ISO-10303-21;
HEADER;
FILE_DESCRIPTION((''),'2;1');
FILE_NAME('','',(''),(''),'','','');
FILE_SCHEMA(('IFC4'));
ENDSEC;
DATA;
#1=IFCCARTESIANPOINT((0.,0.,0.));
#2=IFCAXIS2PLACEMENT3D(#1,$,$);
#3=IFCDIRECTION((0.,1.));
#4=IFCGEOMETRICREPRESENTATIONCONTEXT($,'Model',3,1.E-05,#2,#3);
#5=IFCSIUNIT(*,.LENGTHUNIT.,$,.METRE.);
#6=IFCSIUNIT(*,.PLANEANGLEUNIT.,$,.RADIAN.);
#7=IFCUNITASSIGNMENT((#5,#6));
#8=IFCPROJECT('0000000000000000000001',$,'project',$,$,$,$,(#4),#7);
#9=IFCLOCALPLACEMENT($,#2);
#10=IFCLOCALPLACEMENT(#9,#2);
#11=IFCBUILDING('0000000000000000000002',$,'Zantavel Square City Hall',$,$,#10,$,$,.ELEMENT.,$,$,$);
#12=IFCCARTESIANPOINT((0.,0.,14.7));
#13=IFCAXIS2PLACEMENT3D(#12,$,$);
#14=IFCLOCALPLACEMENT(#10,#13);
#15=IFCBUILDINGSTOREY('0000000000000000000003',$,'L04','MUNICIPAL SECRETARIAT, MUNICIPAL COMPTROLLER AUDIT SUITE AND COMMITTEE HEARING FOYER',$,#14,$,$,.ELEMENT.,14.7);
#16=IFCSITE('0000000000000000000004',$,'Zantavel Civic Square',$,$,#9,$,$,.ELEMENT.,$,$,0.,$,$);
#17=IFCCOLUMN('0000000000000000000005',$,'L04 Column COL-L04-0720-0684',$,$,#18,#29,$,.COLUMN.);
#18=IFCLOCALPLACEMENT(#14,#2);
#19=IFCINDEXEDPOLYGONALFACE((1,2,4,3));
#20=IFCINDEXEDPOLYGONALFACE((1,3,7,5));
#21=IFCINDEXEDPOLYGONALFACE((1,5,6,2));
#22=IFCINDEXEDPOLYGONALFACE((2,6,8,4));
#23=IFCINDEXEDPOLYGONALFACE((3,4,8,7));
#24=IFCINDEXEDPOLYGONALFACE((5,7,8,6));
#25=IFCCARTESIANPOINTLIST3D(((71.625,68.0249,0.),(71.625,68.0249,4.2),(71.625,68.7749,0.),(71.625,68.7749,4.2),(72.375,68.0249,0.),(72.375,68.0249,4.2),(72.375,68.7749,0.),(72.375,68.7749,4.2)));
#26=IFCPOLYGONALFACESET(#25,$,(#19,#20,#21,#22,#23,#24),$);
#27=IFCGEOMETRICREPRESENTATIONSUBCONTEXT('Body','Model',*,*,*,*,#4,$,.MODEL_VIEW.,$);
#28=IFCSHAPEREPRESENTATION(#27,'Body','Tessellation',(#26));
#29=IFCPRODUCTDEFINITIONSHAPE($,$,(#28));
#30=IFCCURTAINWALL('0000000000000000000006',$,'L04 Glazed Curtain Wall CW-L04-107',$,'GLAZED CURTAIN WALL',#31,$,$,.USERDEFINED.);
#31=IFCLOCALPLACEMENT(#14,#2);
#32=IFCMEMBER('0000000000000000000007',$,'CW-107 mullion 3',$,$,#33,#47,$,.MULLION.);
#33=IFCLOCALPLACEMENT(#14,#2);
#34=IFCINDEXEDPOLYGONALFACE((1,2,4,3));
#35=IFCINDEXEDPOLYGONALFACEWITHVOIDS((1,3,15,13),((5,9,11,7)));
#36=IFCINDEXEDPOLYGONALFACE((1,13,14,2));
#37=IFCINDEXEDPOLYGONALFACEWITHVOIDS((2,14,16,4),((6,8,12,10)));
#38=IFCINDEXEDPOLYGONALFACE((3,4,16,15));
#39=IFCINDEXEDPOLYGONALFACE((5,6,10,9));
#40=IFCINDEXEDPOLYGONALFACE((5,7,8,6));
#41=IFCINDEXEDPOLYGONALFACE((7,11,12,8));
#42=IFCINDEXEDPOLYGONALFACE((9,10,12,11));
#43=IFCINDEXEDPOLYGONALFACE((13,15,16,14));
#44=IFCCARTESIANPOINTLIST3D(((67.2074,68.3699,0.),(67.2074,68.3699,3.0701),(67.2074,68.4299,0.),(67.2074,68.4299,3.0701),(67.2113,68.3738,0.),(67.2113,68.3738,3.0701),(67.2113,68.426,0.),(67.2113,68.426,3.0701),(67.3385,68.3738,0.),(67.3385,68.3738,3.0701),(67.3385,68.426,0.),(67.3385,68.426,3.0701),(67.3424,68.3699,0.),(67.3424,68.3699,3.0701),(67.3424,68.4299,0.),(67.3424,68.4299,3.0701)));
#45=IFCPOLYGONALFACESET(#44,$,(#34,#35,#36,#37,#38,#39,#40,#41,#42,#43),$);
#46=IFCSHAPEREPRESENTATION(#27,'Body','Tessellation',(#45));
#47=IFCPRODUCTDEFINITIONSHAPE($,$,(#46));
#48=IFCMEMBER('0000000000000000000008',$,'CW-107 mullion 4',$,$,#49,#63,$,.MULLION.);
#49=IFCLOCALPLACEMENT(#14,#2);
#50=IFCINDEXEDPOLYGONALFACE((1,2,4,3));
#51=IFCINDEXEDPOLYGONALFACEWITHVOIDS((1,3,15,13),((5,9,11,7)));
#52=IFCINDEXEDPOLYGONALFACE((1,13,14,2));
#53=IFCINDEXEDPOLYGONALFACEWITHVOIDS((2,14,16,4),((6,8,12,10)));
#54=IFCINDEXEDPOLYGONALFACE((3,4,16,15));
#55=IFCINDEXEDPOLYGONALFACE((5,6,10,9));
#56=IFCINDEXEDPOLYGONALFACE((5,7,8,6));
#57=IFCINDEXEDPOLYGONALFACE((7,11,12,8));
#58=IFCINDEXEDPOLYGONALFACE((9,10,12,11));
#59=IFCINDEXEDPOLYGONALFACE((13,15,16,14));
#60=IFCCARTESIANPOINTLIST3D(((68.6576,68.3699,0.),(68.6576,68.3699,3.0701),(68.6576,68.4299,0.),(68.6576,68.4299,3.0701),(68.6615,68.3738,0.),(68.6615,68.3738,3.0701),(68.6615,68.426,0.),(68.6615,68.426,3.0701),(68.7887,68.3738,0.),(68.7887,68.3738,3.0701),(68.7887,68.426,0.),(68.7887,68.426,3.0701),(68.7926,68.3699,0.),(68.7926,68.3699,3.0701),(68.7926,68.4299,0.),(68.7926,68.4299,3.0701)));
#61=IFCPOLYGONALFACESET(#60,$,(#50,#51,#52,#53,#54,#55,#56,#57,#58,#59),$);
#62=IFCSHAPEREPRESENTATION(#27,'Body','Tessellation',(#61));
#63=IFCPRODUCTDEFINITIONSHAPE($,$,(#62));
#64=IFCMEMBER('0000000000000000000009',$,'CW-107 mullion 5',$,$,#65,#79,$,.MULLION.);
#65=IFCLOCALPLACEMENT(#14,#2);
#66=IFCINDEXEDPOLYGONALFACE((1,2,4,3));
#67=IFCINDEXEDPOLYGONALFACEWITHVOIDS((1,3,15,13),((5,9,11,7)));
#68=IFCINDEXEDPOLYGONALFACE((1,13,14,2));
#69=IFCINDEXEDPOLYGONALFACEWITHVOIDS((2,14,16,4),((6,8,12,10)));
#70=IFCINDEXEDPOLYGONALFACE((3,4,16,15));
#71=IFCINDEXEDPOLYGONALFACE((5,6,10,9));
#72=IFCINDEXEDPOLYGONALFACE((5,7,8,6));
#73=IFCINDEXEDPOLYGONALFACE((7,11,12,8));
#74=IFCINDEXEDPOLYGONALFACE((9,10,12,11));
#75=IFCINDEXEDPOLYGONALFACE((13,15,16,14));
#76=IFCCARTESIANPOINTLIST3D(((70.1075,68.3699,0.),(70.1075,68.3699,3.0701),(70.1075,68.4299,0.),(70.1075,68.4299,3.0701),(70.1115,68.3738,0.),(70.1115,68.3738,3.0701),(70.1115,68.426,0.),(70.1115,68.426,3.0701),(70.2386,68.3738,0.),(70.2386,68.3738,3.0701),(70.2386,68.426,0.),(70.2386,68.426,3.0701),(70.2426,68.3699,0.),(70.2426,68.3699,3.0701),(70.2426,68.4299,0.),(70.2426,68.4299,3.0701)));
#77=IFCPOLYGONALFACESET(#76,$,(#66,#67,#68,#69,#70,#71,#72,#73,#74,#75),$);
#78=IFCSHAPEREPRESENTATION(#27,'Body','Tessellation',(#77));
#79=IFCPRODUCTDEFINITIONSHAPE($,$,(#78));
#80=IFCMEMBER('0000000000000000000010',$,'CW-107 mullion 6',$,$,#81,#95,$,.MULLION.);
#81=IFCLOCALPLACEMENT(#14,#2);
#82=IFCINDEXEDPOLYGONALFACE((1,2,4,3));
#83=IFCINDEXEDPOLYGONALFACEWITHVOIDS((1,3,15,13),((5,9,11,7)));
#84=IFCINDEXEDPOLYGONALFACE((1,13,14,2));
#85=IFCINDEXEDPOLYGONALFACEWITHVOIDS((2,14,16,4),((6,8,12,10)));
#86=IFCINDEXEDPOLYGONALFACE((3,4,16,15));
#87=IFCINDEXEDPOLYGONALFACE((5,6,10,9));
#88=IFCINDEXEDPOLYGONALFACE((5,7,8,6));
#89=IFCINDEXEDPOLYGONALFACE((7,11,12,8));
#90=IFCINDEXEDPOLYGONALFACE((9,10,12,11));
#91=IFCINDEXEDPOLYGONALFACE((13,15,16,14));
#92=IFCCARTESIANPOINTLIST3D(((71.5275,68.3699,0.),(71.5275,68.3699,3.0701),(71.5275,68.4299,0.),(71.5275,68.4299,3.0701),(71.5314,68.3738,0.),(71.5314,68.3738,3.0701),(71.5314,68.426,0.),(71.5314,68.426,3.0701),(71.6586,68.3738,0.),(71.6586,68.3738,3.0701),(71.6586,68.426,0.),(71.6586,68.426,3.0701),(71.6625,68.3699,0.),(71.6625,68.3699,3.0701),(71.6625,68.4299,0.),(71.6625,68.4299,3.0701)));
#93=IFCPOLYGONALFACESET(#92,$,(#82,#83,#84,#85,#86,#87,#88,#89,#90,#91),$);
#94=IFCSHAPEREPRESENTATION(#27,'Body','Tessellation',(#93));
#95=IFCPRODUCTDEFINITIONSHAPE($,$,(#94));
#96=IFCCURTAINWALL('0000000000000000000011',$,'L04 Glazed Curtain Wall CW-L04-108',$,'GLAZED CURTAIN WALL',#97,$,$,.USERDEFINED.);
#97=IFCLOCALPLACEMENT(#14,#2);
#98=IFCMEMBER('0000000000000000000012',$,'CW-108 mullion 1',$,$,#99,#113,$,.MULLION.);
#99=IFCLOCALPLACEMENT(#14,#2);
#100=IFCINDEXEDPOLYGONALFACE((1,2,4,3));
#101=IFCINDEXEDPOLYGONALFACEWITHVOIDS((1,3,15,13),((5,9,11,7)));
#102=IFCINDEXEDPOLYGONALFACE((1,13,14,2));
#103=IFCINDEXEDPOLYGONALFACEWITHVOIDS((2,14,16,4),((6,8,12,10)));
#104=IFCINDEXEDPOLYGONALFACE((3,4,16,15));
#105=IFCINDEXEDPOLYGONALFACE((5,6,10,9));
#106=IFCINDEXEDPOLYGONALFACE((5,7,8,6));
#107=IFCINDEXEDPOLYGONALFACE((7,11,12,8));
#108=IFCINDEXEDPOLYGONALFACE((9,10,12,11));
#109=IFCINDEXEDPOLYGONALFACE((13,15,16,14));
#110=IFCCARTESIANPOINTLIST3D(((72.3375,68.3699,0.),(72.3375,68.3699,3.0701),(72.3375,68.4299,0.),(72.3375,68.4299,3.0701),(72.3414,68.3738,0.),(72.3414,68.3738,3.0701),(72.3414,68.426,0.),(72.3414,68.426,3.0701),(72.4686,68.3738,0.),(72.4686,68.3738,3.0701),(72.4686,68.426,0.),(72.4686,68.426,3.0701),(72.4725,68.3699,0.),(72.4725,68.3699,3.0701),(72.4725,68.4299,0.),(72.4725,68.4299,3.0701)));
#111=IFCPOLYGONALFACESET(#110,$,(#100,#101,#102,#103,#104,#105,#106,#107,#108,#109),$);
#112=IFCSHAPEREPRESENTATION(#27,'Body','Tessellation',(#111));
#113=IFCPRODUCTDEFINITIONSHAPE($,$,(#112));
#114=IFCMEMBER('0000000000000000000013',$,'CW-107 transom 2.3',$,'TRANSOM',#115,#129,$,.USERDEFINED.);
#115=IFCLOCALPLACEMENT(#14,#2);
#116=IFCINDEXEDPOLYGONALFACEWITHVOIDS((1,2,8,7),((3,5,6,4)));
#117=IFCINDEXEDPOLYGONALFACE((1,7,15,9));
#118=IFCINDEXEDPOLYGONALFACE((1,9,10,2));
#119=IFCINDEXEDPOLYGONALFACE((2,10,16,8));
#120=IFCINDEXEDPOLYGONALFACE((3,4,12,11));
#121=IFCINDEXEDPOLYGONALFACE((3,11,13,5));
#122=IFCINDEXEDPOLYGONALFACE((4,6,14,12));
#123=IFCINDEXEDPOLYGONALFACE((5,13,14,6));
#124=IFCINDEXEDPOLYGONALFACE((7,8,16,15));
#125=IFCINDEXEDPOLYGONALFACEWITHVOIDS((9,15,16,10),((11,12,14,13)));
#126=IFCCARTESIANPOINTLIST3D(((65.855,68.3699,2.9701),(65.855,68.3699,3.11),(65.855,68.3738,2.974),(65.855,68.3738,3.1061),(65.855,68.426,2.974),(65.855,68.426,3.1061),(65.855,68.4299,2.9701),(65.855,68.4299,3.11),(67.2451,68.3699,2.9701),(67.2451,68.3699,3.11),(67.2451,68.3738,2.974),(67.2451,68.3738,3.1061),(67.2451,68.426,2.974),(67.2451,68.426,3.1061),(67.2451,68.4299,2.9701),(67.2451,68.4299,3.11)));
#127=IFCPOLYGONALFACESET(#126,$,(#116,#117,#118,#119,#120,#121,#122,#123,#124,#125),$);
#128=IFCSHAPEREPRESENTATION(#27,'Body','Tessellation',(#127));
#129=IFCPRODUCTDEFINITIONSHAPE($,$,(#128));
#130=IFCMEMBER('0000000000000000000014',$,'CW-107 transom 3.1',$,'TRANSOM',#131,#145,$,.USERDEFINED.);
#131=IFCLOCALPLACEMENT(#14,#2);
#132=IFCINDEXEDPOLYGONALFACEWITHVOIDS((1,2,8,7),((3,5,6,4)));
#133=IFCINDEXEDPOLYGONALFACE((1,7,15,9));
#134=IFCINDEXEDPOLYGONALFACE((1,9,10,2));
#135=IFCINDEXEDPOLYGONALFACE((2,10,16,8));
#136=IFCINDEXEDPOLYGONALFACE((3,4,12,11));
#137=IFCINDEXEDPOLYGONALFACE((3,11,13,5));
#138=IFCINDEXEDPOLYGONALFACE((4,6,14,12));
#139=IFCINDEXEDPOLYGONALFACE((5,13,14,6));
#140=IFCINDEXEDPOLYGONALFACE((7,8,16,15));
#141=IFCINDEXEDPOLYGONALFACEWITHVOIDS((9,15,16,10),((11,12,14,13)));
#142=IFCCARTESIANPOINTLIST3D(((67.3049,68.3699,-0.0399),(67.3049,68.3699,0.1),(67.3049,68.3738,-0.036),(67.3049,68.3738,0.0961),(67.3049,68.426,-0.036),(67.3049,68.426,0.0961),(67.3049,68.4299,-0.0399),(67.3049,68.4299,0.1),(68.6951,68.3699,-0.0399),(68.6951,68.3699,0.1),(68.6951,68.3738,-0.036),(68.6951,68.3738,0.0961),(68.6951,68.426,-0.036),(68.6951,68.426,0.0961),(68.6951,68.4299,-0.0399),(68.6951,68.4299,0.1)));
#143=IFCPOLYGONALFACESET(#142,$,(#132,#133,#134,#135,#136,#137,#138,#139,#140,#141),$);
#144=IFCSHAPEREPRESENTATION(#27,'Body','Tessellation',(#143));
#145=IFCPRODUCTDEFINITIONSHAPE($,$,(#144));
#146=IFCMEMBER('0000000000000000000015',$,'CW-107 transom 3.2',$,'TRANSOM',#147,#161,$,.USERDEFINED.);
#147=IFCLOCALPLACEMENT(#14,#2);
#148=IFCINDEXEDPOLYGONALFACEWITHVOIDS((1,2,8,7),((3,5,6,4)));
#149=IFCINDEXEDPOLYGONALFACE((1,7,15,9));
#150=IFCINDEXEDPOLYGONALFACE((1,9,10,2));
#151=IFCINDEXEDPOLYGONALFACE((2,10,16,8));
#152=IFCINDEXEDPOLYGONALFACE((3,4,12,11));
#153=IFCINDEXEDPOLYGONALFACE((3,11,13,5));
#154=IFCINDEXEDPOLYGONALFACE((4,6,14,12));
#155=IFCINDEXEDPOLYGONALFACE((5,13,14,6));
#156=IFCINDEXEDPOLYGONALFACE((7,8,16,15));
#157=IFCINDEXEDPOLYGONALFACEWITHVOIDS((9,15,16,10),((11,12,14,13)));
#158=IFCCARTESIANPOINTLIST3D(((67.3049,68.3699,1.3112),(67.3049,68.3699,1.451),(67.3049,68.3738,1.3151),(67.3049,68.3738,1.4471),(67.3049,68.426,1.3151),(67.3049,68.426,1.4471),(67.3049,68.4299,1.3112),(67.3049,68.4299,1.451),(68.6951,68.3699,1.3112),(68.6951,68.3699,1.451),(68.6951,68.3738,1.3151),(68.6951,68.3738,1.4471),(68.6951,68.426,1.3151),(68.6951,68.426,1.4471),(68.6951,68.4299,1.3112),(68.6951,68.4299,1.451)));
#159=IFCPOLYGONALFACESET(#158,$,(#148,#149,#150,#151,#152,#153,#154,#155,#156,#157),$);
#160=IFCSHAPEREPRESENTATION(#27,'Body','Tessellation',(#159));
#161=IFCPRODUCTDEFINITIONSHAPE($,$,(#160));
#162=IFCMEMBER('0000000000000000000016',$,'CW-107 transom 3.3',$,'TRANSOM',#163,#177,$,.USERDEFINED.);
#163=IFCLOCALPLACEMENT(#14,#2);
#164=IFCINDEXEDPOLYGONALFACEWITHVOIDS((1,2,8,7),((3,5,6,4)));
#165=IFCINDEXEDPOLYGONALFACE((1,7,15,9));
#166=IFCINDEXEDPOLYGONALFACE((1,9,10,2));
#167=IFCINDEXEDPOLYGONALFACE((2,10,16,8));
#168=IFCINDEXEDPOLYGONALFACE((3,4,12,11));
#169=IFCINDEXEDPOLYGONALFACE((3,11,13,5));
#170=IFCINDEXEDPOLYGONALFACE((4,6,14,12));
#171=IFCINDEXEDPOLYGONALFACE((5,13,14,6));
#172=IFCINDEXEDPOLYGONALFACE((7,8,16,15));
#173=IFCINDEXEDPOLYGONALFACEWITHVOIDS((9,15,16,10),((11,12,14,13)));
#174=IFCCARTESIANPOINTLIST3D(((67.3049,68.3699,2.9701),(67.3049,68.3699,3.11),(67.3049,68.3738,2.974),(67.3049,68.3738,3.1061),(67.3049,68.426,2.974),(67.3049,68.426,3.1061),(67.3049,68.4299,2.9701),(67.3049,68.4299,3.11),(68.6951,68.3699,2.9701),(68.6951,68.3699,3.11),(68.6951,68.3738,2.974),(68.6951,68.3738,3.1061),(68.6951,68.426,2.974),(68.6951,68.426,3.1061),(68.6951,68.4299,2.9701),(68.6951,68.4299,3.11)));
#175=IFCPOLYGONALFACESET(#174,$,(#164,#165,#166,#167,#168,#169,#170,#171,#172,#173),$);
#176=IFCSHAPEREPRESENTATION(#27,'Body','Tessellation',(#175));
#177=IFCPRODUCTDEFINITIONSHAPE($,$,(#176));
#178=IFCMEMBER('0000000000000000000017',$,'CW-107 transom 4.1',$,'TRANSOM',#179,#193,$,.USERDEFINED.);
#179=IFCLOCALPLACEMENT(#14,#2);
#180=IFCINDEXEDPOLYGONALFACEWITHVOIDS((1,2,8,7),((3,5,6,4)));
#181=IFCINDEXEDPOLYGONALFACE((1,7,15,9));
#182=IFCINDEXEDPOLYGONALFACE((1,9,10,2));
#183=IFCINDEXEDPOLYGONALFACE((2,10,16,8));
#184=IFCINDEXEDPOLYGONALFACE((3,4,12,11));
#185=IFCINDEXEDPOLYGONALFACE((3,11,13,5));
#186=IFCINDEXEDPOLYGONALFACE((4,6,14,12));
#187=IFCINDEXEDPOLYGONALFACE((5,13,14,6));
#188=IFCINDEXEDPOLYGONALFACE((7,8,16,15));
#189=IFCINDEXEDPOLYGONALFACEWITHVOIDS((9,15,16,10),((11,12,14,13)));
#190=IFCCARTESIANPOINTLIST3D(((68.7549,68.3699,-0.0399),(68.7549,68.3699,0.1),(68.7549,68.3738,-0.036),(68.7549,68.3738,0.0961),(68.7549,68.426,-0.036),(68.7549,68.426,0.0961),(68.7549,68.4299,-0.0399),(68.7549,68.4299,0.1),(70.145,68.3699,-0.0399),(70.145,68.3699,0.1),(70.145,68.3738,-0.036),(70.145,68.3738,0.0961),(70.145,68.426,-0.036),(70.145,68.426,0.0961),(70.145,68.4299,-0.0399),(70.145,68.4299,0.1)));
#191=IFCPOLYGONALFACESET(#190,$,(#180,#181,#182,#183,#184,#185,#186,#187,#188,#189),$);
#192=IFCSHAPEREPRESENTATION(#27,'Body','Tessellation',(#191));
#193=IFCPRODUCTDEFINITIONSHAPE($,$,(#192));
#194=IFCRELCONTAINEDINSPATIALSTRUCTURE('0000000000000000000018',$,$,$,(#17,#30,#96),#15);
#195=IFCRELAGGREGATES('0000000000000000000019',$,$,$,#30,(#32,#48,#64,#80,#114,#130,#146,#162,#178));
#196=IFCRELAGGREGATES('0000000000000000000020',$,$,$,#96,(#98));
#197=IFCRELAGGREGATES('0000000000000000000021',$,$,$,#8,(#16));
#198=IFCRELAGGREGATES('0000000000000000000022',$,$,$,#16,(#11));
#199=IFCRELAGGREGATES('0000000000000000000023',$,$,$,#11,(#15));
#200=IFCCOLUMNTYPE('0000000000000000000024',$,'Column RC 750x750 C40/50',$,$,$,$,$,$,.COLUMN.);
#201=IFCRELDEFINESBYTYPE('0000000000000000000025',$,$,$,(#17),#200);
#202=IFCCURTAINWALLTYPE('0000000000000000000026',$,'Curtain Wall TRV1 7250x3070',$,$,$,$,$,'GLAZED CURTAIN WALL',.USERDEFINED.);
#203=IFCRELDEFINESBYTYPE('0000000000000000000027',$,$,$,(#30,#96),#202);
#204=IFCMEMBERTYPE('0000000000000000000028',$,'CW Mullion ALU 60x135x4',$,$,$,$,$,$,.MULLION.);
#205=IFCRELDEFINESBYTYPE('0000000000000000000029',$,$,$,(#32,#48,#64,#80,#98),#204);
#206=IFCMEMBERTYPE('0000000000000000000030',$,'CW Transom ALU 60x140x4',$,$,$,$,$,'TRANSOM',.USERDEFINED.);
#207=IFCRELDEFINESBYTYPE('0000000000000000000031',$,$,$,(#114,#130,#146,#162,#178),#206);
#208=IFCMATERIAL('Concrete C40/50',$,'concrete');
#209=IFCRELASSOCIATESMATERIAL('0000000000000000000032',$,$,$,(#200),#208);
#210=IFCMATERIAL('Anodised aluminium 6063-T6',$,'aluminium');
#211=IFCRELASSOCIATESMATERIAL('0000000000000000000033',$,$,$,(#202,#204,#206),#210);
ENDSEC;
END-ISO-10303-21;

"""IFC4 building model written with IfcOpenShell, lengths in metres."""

from ifc_helpers import new_model, si_unit, direction, frame, origin, origin_2d, place, context, subcontext, project, spatial, rectangle, hollow_rectangle, extrude, material, material_profile, profile_set, type_object, element, aggregate, save


model = new_model("IFC4")

# Units and contexts
model_context = context("Model", 3, precision=1e-05, world=origin(), true_north=direction((0.0, 1.0)))
body_context = subcontext(model_context, "Body", "Model", "MODEL_VIEW")
ifc_project = project(units=[si_unit("LENGTHUNIT", "METRE"), si_unit("PLANEANGLEUNIT", "RADIAN")], contexts=[model_context])

# Site, building, storey
site_placement = place(None, origin())
site = spatial("IfcSite", under=ifc_project, at=site_placement, Name="Zantavel Civic Square", CompositionType="ELEMENT", RefElevation=0.0)
building_placement = place(site_placement, origin())
building = spatial("IfcBuilding", under=site, at=building_placement, Name="Zantavel Square City Hall", CompositionType="ELEMENT")
storey_placement = place(building_placement, frame((0.0, 0.0, 14.7)))
storey = spatial("IfcBuildingStorey", under=building, at=storey_placement, Name="L04", Description="MUNICIPAL SECRETARIAT, MUNICIPAL COMPTROLLER AUDIT SUITE AND COMMITTEE HEARING FOYER", CompositionType="ELEMENT", Elevation=14.7)

# Column
ifc_material_1 = material(Name="Concrete C40/50", Category="concrete")
ifc_material_profile_1 = material_profile(ifc_material_1, rectangle(XDim=0.75, YDim=0.75, at=origin_2d()), Name="RC 750x750")
ifc_profile_set_1 = profile_set([ifc_material_profile_1], Name="Concrete C40/50")
column_type = type_object("IfcColumnType", Name="Column RC 750x750 C40/50", PredefinedType="COLUMN", material=ifc_profile_set_1)
column_placement = place(storey_placement, frame((72.0, 68.3999, 0.0), z_axis=(0.0, 0.0, 1.0), x_axis=(1.0, 0.0, 0.0)))
element("IfcColumn", 1, at=column_placement, inside=storey, type_object=column_type, Name="L04 Column COL-L04-0720-0684", PredefinedType="COLUMN", context=body_context, shape_type="SweptSolid", body=[
    extrude(rectangle(XDim=0.75, YDim=0.75, at=origin_2d()), origin(), (0.0, 0.0, 1.0), 4.2),
])

# Curtain wall, members
ifc_material_2 = material(Name="Anodised aluminium 6063-T6", Category="aluminium")
curtain_wall_type = type_object("IfcCurtainWallType", Name="Curtain Wall TRV1 7250x3070", ElementType="GLAZED CURTAIN WALL", PredefinedType="USERDEFINED", material=ifc_material_2)
curtain_wall_1_placement = place(storey_placement, origin())
curtain_wall_1 = element("IfcCurtainWall", 2, at=curtain_wall_1_placement, inside=storey, type_object=curtain_wall_type, Name="L04 Glazed Curtain Wall CW-L04-107", ObjectType="GLAZED CURTAIN WALL", PredefinedType="USERDEFINED")
ifc_material_profile_2 = material_profile(ifc_material_2, hollow_rectangle(XDim=0.0601, YDim=0.135, WallThickness=0.0039, at=origin_2d()), Name="ALU 60x135x4")
ifc_profile_set_2 = profile_set([ifc_material_profile_2], Name="Anodised aluminium 6063-T6")
member_type_1 = type_object("IfcMemberType", Name="CW Mullion ALU 60x135x4", PredefinedType="MULLION", material=ifc_profile_set_2)
member_1_placement = place(storey_placement, frame((67.2749, 68.3999, 0.0), z_axis=(0.0, 0.0, 1.0), x_axis=(0.0, 1.0, 0.0)))
member_1 = element("IfcMember", 3, at=member_1_placement, type_object=member_type_1, Name="CW-107 mullion 3", PredefinedType="MULLION", context=body_context, shape_type="SweptSolid", body=[
    extrude(hollow_rectangle(XDim=0.0601, YDim=0.135, WallThickness=0.0039, at=origin_2d()), origin(), (0.0, 0.0, 1.0), 3.0701),
])
member_2_placement = place(storey_placement, frame((68.7251, 68.3999, 0.0), z_axis=(0.0, 0.0, 1.0), x_axis=(0.0, 1.0, 0.0)))
member_2 = element("IfcMember", 4, at=member_2_placement, type_object=member_type_1, Name="CW-107 mullion 4", PredefinedType="MULLION", context=body_context, shape_type="SweptSolid", body=[
    extrude(hollow_rectangle(XDim=0.0601, YDim=0.135, WallThickness=0.0039, at=origin_2d()), origin(), (0.0, 0.0, 1.0), 3.0701),
])
member_3_placement = place(storey_placement, frame((70.175, 68.3999, 0.0), z_axis=(0.0, 0.0, 1.0), x_axis=(0.0, 1.0, 0.0)))
member_3 = element("IfcMember", 5, at=member_3_placement, type_object=member_type_1, Name="CW-107 mullion 5", PredefinedType="MULLION", context=body_context, shape_type="SweptSolid", body=[
    extrude(hollow_rectangle(XDim=0.0601, YDim=0.135, WallThickness=0.0039, at=origin_2d()), origin(), (0.0, 0.0, 1.0), 3.0701),
])
member_4_placement = place(storey_placement, frame((71.595, 68.3999, 0.0), z_axis=(0.0, 0.0, 1.0), x_axis=(0.0, 1.0, 0.0)))
member_4 = element("IfcMember", 6, at=member_4_placement, type_object=member_type_1, Name="CW-107 mullion 6", PredefinedType="MULLION", context=body_context, shape_type="SweptSolid", body=[
    extrude(hollow_rectangle(XDim=0.0601, YDim=0.135, WallThickness=0.0039, at=origin_2d()), origin(), (0.0, 0.0, 1.0), 3.0701),
])

# Curtain wall, member
curtain_wall_2_placement = place(storey_placement, origin())
curtain_wall_2 = element("IfcCurtainWall", 7, at=curtain_wall_2_placement, inside=storey, type_object=curtain_wall_type, Name="L04 Glazed Curtain Wall CW-L04-108", ObjectType="GLAZED CURTAIN WALL", PredefinedType="USERDEFINED")
member_5_placement = place(storey_placement, frame((72.405, 68.3999, 0.0), z_axis=(0.0, 0.0, 1.0), x_axis=(0.0, 1.0, 0.0)))
member_5 = element("IfcMember", 8, at=member_5_placement, type_object=member_type_1, Name="CW-108 mullion 1", PredefinedType="MULLION", context=body_context, shape_type="SweptSolid", body=[
    extrude(hollow_rectangle(XDim=0.0601, YDim=0.135, WallThickness=0.0039, at=origin_2d()), origin(), (0.0, 0.0, 1.0), 3.0701),
])

# Members
ifc_material_profile_3 = material_profile(ifc_material_2, hollow_rectangle(XDim=0.0601, YDim=0.1399, WallThickness=0.0039, at=origin_2d()), Name="ALU 60x140x4")
ifc_profile_set_3 = profile_set([ifc_material_profile_3], Name="Anodised aluminium 6063-T6")
member_type_2 = type_object("IfcMemberType", Name="CW Transom ALU 60x140x4", ElementType="TRANSOM", PredefinedType="USERDEFINED", material=ifc_profile_set_3)
member_6_placement = place(storey_placement, frame((65.855, 68.3999, 3.04), z_axis=(1.0, 0.0, 0.0), x_axis=(0.0, 1.0, 0.0)))
member_6 = element("IfcMember", 9, at=member_6_placement, type_object=member_type_2, Name="CW-107 transom 2.3", ObjectType="TRANSOM", PredefinedType="USERDEFINED", context=body_context, shape_type="SweptSolid", body=[
    extrude(hollow_rectangle(XDim=0.0601, YDim=0.1399, WallThickness=0.0039, at=origin_2d()), origin(), (0.0, 0.0, 1.0), 1.3901),
])
member_7_placement = place(storey_placement, frame((67.3049, 68.3999, 0.03), z_axis=(1.0, 0.0, 0.0), x_axis=(0.0, 1.0, 0.0)))
member_7 = element("IfcMember", 10, at=member_7_placement, type_object=member_type_2, Name="CW-107 transom 3.1", ObjectType="TRANSOM", PredefinedType="USERDEFINED", context=body_context, shape_type="SweptSolid", body=[
    extrude(hollow_rectangle(XDim=0.0601, YDim=0.1399, WallThickness=0.0039, at=origin_2d()), origin(), (0.0, 0.0, 1.0), 1.3901),
])
member_8_placement = place(storey_placement, frame((67.3049, 68.3999, 1.3811), z_axis=(1.0, 0.0, 0.0), x_axis=(0.0, 1.0, 0.0)))
member_8 = element("IfcMember", 11, at=member_8_placement, type_object=member_type_2, Name="CW-107 transom 3.2", ObjectType="TRANSOM", PredefinedType="USERDEFINED", context=body_context, shape_type="SweptSolid", body=[
    extrude(hollow_rectangle(XDim=0.0601, YDim=0.1399, WallThickness=0.0039, at=origin_2d()), origin(), (0.0, 0.0, 1.0), 1.3901),
])
member_9_placement = place(storey_placement, frame((67.3049, 68.3999, 3.04), z_axis=(1.0, 0.0, 0.0), x_axis=(0.0, 1.0, 0.0)))
member_9 = element("IfcMember", 12, at=member_9_placement, type_object=member_type_2, Name="CW-107 transom 3.3", ObjectType="TRANSOM", PredefinedType="USERDEFINED", context=body_context, shape_type="SweptSolid", body=[
    extrude(hollow_rectangle(XDim=0.0601, YDim=0.1399, WallThickness=0.0039, at=origin_2d()), origin(), (0.0, 0.0, 1.0), 1.3901),
])
member_10_placement = place(storey_placement, frame((68.7549, 68.3999, 0.03), z_axis=(1.0, 0.0, 0.0), x_axis=(0.0, 1.0, 0.0)))
member_10 = element("IfcMember", 13, at=member_10_placement, type_object=member_type_2, Name="CW-107 transom 4.1", ObjectType="TRANSOM", PredefinedType="USERDEFINED", context=body_context, shape_type="SweptSolid", body=[
    extrude(hollow_rectangle(XDim=0.0601, YDim=0.1399, WallThickness=0.0039, at=origin_2d()), origin(), (0.0, 0.0, 1.0), 1.3901),
])

aggregate(curtain_wall_1, [member_1, member_2, member_3, member_4, member_6, member_7, member_8, member_9, member_10])
aggregate(curtain_wall_2, [member_5])

save(model, "model.ifc")
